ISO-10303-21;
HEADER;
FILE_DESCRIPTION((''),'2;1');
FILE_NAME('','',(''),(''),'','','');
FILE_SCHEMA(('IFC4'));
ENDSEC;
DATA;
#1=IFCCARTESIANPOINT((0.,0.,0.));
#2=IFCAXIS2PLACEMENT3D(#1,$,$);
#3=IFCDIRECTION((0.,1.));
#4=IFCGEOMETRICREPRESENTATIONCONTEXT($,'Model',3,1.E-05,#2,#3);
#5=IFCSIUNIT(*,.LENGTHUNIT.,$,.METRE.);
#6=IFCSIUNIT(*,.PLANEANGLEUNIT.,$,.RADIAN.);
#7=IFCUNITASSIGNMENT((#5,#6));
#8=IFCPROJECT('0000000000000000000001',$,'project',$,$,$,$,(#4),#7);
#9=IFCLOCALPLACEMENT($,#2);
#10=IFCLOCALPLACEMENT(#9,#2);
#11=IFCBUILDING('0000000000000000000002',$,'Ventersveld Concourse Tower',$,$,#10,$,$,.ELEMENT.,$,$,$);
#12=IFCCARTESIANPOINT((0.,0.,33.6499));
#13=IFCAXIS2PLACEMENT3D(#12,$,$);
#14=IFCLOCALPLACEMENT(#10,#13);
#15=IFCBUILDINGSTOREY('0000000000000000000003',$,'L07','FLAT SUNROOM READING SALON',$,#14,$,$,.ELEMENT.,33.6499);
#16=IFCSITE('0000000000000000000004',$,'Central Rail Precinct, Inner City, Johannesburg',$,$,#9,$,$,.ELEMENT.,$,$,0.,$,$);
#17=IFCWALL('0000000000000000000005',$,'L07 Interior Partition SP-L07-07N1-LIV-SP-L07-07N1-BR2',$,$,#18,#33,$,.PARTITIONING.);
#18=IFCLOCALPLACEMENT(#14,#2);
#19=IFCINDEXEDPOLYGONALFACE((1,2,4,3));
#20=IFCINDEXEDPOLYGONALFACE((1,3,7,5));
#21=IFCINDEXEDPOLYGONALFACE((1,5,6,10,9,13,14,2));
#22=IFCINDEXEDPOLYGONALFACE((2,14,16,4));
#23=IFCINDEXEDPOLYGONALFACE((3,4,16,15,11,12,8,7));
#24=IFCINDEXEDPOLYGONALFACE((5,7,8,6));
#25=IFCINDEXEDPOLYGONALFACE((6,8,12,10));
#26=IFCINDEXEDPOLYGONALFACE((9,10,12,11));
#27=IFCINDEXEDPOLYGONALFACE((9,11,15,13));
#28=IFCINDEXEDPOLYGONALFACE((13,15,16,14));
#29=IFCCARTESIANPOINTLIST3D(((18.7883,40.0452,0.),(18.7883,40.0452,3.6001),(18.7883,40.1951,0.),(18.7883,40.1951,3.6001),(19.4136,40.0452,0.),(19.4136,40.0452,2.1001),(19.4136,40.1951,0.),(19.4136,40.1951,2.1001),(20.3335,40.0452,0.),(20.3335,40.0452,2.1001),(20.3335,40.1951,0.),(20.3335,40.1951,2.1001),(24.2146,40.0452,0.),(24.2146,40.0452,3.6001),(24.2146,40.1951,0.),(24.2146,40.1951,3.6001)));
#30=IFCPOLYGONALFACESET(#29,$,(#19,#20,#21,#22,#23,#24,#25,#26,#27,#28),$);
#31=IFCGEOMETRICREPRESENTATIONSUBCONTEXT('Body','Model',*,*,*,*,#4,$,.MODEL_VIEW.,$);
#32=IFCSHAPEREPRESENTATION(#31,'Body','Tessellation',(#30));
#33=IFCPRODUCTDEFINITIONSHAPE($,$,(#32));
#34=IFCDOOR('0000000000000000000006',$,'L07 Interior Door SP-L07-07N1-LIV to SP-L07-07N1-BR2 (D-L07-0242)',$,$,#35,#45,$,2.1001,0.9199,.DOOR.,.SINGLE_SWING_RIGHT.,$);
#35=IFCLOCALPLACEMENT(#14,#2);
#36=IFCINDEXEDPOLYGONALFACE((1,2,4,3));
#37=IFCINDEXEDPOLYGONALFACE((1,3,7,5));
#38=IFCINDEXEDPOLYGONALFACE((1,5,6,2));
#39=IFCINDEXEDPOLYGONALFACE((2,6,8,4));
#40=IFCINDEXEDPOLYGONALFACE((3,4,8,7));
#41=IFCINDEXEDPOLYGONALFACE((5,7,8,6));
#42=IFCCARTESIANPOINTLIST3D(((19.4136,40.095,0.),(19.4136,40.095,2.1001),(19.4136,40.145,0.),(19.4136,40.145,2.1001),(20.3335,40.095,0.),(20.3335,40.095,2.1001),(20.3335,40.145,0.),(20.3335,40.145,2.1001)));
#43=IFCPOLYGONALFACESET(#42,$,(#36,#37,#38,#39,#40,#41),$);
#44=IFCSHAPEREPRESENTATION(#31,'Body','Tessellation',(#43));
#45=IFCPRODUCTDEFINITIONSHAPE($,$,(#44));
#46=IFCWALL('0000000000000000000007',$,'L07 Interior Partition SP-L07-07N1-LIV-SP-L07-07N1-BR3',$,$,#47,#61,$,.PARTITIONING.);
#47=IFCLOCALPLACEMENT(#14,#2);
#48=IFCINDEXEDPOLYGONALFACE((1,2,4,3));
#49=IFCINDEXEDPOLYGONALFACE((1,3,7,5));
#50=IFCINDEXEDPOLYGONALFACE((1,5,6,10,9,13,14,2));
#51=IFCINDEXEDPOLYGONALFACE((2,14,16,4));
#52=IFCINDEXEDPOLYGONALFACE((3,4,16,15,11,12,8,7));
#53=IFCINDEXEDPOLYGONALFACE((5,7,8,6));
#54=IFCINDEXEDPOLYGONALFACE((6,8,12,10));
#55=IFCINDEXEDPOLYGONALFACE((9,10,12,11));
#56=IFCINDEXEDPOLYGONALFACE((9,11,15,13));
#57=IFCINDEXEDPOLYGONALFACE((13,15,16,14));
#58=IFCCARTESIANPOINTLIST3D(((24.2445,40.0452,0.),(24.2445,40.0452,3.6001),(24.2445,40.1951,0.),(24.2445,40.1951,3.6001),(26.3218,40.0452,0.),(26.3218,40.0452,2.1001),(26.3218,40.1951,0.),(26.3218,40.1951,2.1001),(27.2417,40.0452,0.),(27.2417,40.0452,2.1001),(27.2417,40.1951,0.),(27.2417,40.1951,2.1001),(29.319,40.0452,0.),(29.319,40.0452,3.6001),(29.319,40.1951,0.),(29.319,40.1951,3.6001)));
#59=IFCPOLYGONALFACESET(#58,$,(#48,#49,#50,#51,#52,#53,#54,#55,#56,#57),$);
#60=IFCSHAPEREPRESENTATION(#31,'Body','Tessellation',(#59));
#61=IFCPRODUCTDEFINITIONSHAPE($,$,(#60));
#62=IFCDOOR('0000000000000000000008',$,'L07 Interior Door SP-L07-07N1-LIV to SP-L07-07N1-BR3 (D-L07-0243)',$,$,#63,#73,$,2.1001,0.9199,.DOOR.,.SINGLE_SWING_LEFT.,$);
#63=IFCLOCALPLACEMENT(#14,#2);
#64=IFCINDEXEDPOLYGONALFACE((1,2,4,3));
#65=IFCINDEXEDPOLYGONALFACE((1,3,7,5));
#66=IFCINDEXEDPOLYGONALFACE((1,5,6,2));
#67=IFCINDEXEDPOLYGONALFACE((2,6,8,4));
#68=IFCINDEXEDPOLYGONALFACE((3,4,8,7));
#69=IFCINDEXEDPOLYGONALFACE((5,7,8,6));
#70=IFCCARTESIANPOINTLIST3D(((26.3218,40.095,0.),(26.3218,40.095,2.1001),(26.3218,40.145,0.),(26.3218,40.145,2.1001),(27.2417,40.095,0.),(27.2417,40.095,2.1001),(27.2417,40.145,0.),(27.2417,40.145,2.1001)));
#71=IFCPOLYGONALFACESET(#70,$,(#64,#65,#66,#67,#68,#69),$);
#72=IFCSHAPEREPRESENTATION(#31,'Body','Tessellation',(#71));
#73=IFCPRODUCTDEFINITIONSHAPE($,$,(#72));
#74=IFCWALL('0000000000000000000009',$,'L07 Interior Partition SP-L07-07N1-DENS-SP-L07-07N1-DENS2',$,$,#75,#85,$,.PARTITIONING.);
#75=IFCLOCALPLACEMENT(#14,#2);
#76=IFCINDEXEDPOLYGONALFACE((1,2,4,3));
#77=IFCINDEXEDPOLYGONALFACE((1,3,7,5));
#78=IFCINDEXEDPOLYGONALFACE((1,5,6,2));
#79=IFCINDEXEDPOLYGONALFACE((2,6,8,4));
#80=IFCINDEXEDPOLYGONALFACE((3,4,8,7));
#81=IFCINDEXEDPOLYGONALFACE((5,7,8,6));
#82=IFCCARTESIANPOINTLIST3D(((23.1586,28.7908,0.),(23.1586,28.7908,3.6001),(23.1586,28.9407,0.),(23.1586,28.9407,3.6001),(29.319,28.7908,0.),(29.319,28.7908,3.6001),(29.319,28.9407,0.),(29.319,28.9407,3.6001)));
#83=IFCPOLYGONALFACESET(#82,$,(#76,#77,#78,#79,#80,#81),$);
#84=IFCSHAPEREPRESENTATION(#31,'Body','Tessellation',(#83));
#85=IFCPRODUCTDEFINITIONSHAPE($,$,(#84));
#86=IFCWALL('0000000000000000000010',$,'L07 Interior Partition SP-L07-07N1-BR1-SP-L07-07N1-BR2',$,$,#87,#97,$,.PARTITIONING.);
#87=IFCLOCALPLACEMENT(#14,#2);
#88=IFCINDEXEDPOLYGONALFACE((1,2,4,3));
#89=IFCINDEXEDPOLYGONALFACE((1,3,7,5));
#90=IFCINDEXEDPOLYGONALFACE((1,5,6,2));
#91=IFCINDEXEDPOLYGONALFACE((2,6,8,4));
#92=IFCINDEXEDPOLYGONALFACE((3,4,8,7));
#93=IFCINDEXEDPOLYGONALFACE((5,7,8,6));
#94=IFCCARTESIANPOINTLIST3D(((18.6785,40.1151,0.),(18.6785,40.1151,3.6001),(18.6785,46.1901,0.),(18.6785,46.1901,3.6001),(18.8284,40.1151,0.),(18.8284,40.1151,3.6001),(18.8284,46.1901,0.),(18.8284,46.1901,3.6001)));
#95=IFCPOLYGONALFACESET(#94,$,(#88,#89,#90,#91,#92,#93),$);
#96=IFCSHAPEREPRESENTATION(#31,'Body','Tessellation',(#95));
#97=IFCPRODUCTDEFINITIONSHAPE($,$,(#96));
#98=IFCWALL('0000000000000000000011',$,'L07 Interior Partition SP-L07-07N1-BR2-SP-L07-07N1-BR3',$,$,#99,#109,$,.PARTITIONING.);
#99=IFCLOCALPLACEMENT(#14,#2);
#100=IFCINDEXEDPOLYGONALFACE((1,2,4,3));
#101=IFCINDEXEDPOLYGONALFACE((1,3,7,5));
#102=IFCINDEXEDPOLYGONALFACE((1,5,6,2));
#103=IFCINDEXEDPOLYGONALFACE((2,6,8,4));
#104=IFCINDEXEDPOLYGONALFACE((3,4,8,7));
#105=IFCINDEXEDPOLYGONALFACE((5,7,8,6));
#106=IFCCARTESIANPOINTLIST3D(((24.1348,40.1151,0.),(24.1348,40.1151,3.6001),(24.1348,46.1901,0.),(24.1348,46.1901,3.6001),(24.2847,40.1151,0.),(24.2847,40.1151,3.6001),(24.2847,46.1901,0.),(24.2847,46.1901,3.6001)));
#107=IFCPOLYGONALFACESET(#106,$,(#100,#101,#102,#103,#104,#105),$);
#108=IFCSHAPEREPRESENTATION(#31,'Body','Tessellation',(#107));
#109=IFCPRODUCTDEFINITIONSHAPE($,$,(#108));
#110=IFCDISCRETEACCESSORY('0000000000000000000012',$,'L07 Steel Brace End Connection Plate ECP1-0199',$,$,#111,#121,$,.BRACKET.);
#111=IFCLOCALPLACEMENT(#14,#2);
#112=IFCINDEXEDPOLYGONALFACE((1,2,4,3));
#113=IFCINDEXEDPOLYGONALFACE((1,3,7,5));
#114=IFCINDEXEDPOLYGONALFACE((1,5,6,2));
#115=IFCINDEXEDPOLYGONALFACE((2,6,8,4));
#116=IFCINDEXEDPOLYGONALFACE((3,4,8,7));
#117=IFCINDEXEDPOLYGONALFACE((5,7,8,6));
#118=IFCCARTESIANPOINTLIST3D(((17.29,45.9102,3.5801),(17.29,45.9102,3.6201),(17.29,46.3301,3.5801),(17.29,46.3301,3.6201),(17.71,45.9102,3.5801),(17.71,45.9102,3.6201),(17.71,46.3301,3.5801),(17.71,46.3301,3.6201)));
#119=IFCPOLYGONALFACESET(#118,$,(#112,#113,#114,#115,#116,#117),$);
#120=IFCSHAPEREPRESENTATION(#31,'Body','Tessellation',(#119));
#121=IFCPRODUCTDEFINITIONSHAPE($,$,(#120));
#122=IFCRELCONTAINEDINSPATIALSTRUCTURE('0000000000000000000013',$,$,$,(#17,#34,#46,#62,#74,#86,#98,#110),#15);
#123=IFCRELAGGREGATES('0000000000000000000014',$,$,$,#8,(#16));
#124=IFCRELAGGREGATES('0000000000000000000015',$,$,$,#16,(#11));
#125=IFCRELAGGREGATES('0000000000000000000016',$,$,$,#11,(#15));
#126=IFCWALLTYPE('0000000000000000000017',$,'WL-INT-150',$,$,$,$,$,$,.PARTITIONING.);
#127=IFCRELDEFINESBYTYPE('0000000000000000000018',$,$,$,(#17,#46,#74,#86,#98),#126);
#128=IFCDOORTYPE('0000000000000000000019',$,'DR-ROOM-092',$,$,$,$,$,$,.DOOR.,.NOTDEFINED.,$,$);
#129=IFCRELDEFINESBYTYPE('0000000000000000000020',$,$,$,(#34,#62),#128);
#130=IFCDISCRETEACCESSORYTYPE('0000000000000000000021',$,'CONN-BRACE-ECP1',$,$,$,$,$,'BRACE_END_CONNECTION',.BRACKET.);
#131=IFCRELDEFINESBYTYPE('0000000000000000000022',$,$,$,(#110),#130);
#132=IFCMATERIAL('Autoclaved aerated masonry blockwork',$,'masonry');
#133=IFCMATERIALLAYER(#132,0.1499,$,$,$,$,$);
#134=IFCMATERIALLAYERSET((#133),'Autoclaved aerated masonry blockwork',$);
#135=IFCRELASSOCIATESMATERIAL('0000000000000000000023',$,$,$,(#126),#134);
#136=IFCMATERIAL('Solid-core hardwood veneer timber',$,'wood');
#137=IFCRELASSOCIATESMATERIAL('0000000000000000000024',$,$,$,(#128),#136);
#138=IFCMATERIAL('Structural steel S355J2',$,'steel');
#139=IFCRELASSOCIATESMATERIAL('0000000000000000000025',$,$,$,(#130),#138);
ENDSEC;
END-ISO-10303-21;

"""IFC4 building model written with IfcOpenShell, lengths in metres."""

from ifc_helpers import new_model, si_unit, direction, frame, frame_2d, origin, origin_2d, place, context, subcontext, project, spatial, rectangle, extrude, material, layer, layer_set, type_object, element, fill, save


model = new_model("IFC4")

# Units and contexts
model_context = context("Model", 3, precision=1e-05, world=origin(), true_north=direction((0.0, 1.0)))
body_context = subcontext(model_context, "Body", "Model", "MODEL_VIEW")
ifc_project = project(units=[si_unit("LENGTHUNIT", "METRE"), si_unit("PLANEANGLEUNIT", "RADIAN")], contexts=[model_context])

# Site, building, storey
site_placement = place(None, origin())
site = spatial("IfcSite", under=ifc_project, at=site_placement, Name="Central Rail Precinct, Inner City, Johannesburg", CompositionType="ELEMENT", RefElevation=0.0)
building_placement = place(site_placement, origin())
building = spatial("IfcBuilding", under=site, at=building_placement, Name="Ventersveld Concourse Tower", CompositionType="ELEMENT")
storey_placement = place(building_placement, frame((0.0, 0.0, 33.6499)))
storey = spatial("IfcBuildingStorey", under=building, at=storey_placement, Name="L07", Description="FLAT SUNROOM READING SALON", CompositionType="ELEMENT", Elevation=33.6499)

# Shared definitions
ifc_material_1 = material(Name="Structural steel S355J2", Category="steel")

# Shared definitions
ifc_material_2 = material(Name="Autoclaved aerated masonry blockwork", Category="masonry")
ifc_layer_1 = layer(ifc_material_2, 0.1499)
ifc_layer_set_1 = layer_set([ifc_layer_1], Name="Autoclaved aerated masonry blockwork")
wall_type_1 = type_object("IfcWallType", Name="WL-INT-150", PredefinedType="PARTITIONING", material=ifc_layer_set_1)
ifc_material_3 = material(Name="Solid-core hardwood veneer timber", Category="wood")
door_type = type_object("IfcDoorType", Name="DR-ROOM-092", OperationType="NOTDEFINED", PredefinedType="DOOR", material=ifc_material_3)

# Walls, openings, doors
wall_1_placement = place(storey_placement, frame((18.7883, 40.1201, 0.0), z_axis=(0.0, 0.0, 1.0), x_axis=(1.0, 0.0, 0.0)))
wall_1 = element("IfcWall", 1, at=wall_1_placement, inside=storey, type_object=wall_type_1, Name="L07 Interior Partition SP-L07-07N1-LIV-SP-L07-07N1-BR2", PredefinedType="PARTITIONING", context=body_context, shape_type="SweptSolid", body=[
    extrude(rectangle(XDim=5.4263, YDim=0.1499, at=frame_2d((2.7131, 0.0))), origin(), (0.0, 0.0, 1.0), 3.6001),
])
opening_1_placement = place(wall_1_placement, frame((0.6252, 0.0, 0.0)))
opening_1 = element("IfcOpeningElement", 2, at=opening_1_placement, cuts=wall_1, PredefinedType="OPENING", context=body_context, shape_type="SweptSolid", body=[
    extrude(rectangle(XDim=0.9199, YDim=2.1001, at=frame_2d((0.46, 1.05))), frame((0.0, 0.085, 0.0), z_axis=(0.0, -1.0, 0.0), x_axis=(1.0, 0.0, 0.0)), (0.0, 0.0, 1.0), 0.1699),
])
door_1_placement = place(opening_1_placement, origin())
door_1 = element("IfcDoor", 3, at=door_1_placement, inside=storey, type_object=door_type, Name="L07 Interior Door SP-L07-07N1-LIV to SP-L07-07N1-BR2 (D-L07-0242)", OperationType="SINGLE_SWING_RIGHT", OverallHeight=2.1001, OverallWidth=0.9199, PredefinedType="DOOR", context=body_context, shape_type="SweptSolid", body=[
    extrude(rectangle(XDim=0.9199, YDim=2.1001, at=frame_2d((0.46, 1.05))), frame((0.0, 0.0249, 0.0), z_axis=(0.0, -1.0, 0.0), x_axis=(1.0, 0.0, 0.0)), (0.0, 0.0, 1.0), 0.05),
])
fill(opening_1, door_1)
wall_2_placement = place(storey_placement, frame((24.2446, 40.1201, 0.0), z_axis=(0.0, 0.0, 1.0), x_axis=(1.0, 0.0, 0.0)))
wall_2 = element("IfcWall", 4, at=wall_2_placement, inside=storey, type_object=wall_type_1, Name="L07 Interior Partition SP-L07-07N1-LIV-SP-L07-07N1-BR3", PredefinedType="PARTITIONING", context=body_context, shape_type="SweptSolid", body=[
    extrude(rectangle(XDim=5.0745, YDim=0.1499, at=frame_2d((2.5371, 0.0))), origin(), (0.0, 0.0, 1.0), 3.6001),
])
opening_2_placement = place(wall_2_placement, frame((2.0771, 0.0, 0.0)))
opening_2 = element("IfcOpeningElement", 5, at=opening_2_placement, cuts=wall_2, PredefinedType="OPENING", context=body_context, shape_type="SweptSolid", body=[
    extrude(rectangle(XDim=0.9199, YDim=2.1001, at=frame_2d((0.46, 1.05))), frame((0.0, 0.085, 0.0), z_axis=(0.0, -1.0, 0.0), x_axis=(1.0, 0.0, 0.0)), (0.0, 0.0, 1.0), 0.1699),
])
door_2_placement = place(opening_2_placement, origin())
door_2 = element("IfcDoor", 6, at=door_2_placement, inside=storey, type_object=door_type, Name="L07 Interior Door SP-L07-07N1-LIV to SP-L07-07N1-BR3 (D-L07-0243)", OperationType="SINGLE_SWING_LEFT", OverallHeight=2.1001, OverallWidth=0.9199, PredefinedType="DOOR", context=body_context, shape_type="SweptSolid", body=[
    extrude(rectangle(XDim=0.9199, YDim=2.1001, at=frame_2d((0.46, 1.05))), frame((0.0, 0.0249, 0.0), z_axis=(0.0, -1.0, 0.0), x_axis=(1.0, 0.0, 0.0)), (0.0, 0.0, 1.0), 0.05),
])
fill(opening_2, door_2)

# Walls
wall_3_placement = place(storey_placement, frame((23.1587, 28.8657, 0.0), z_axis=(0.0, 0.0, 1.0), x_axis=(1.0, 0.0, 0.0)))
element("IfcWall", 7, at=wall_3_placement, inside=storey, type_object=wall_type_1, Name="L07 Interior Partition SP-L07-07N1-DENS-SP-L07-07N1-DENS2", PredefinedType="PARTITIONING", context=body_context, shape_type="SweptSolid", body=[
    extrude(rectangle(XDim=6.1604, YDim=0.1499, at=frame_2d((3.0801, 0.0))), origin(), (0.0, 0.0, 1.0), 3.6001),
])
for number, where, z_axis, x_axis, name in (
    (8, (18.7534, 40.115, 0.0), (0.0, 0.0, 1.0), (0.0, 1.0, 0.0), "L07 Interior Partition SP-L07-07N1-BR1-SP-L07-07N1-BR2"),
    (9, (24.2097, 40.115, 0.0), (0.0, 0.0, 1.0), (0.0, 1.0, 0.0), "L07 Interior Partition SP-L07-07N1-BR2-SP-L07-07N1-BR3"),
):
    element("IfcWall", number, at=place(storey_placement, frame(where, z_axis=z_axis, x_axis=x_axis)), inside=storey, type_object=wall_type_1, Name=name, PredefinedType="PARTITIONING", context=body_context, shape_type="SweptSolid", body=[
        extrude(rectangle(XDim=6.075, YDim=0.1499, at=frame_2d((3.0376, 0.0))), origin(), (0.0, 0.0, 1.0), 3.6001),
    ])

# Discrete accessory
discrete_accessory_type = type_object("IfcDiscreteAccessoryType", Name="CONN-BRACE-ECP1", ElementType="BRACE_END_CONNECTION", PredefinedType="BRACKET", material=ifc_material_1)
discrete_accessory_placement = place(storey_placement, frame((17.5, 46.1201, 3.5801), z_axis=(0.0, 0.0, 1.0), x_axis=(1.0, 0.0, 0.0)))
element("IfcDiscreteAccessory", 10, at=discrete_accessory_placement, inside=storey, type_object=discrete_accessory_type, Name="L07 Steel Brace End Connection Plate ECP1-0199", PredefinedType="BRACKET", context=body_context, shape_type="SweptSolid", body=[
    extrude(rectangle(XDim=0.4199, YDim=0.4199, at=origin_2d()), origin(), (0.0, 0.0, 1.0), 0.04),
])

save(model, "model.ifc")
